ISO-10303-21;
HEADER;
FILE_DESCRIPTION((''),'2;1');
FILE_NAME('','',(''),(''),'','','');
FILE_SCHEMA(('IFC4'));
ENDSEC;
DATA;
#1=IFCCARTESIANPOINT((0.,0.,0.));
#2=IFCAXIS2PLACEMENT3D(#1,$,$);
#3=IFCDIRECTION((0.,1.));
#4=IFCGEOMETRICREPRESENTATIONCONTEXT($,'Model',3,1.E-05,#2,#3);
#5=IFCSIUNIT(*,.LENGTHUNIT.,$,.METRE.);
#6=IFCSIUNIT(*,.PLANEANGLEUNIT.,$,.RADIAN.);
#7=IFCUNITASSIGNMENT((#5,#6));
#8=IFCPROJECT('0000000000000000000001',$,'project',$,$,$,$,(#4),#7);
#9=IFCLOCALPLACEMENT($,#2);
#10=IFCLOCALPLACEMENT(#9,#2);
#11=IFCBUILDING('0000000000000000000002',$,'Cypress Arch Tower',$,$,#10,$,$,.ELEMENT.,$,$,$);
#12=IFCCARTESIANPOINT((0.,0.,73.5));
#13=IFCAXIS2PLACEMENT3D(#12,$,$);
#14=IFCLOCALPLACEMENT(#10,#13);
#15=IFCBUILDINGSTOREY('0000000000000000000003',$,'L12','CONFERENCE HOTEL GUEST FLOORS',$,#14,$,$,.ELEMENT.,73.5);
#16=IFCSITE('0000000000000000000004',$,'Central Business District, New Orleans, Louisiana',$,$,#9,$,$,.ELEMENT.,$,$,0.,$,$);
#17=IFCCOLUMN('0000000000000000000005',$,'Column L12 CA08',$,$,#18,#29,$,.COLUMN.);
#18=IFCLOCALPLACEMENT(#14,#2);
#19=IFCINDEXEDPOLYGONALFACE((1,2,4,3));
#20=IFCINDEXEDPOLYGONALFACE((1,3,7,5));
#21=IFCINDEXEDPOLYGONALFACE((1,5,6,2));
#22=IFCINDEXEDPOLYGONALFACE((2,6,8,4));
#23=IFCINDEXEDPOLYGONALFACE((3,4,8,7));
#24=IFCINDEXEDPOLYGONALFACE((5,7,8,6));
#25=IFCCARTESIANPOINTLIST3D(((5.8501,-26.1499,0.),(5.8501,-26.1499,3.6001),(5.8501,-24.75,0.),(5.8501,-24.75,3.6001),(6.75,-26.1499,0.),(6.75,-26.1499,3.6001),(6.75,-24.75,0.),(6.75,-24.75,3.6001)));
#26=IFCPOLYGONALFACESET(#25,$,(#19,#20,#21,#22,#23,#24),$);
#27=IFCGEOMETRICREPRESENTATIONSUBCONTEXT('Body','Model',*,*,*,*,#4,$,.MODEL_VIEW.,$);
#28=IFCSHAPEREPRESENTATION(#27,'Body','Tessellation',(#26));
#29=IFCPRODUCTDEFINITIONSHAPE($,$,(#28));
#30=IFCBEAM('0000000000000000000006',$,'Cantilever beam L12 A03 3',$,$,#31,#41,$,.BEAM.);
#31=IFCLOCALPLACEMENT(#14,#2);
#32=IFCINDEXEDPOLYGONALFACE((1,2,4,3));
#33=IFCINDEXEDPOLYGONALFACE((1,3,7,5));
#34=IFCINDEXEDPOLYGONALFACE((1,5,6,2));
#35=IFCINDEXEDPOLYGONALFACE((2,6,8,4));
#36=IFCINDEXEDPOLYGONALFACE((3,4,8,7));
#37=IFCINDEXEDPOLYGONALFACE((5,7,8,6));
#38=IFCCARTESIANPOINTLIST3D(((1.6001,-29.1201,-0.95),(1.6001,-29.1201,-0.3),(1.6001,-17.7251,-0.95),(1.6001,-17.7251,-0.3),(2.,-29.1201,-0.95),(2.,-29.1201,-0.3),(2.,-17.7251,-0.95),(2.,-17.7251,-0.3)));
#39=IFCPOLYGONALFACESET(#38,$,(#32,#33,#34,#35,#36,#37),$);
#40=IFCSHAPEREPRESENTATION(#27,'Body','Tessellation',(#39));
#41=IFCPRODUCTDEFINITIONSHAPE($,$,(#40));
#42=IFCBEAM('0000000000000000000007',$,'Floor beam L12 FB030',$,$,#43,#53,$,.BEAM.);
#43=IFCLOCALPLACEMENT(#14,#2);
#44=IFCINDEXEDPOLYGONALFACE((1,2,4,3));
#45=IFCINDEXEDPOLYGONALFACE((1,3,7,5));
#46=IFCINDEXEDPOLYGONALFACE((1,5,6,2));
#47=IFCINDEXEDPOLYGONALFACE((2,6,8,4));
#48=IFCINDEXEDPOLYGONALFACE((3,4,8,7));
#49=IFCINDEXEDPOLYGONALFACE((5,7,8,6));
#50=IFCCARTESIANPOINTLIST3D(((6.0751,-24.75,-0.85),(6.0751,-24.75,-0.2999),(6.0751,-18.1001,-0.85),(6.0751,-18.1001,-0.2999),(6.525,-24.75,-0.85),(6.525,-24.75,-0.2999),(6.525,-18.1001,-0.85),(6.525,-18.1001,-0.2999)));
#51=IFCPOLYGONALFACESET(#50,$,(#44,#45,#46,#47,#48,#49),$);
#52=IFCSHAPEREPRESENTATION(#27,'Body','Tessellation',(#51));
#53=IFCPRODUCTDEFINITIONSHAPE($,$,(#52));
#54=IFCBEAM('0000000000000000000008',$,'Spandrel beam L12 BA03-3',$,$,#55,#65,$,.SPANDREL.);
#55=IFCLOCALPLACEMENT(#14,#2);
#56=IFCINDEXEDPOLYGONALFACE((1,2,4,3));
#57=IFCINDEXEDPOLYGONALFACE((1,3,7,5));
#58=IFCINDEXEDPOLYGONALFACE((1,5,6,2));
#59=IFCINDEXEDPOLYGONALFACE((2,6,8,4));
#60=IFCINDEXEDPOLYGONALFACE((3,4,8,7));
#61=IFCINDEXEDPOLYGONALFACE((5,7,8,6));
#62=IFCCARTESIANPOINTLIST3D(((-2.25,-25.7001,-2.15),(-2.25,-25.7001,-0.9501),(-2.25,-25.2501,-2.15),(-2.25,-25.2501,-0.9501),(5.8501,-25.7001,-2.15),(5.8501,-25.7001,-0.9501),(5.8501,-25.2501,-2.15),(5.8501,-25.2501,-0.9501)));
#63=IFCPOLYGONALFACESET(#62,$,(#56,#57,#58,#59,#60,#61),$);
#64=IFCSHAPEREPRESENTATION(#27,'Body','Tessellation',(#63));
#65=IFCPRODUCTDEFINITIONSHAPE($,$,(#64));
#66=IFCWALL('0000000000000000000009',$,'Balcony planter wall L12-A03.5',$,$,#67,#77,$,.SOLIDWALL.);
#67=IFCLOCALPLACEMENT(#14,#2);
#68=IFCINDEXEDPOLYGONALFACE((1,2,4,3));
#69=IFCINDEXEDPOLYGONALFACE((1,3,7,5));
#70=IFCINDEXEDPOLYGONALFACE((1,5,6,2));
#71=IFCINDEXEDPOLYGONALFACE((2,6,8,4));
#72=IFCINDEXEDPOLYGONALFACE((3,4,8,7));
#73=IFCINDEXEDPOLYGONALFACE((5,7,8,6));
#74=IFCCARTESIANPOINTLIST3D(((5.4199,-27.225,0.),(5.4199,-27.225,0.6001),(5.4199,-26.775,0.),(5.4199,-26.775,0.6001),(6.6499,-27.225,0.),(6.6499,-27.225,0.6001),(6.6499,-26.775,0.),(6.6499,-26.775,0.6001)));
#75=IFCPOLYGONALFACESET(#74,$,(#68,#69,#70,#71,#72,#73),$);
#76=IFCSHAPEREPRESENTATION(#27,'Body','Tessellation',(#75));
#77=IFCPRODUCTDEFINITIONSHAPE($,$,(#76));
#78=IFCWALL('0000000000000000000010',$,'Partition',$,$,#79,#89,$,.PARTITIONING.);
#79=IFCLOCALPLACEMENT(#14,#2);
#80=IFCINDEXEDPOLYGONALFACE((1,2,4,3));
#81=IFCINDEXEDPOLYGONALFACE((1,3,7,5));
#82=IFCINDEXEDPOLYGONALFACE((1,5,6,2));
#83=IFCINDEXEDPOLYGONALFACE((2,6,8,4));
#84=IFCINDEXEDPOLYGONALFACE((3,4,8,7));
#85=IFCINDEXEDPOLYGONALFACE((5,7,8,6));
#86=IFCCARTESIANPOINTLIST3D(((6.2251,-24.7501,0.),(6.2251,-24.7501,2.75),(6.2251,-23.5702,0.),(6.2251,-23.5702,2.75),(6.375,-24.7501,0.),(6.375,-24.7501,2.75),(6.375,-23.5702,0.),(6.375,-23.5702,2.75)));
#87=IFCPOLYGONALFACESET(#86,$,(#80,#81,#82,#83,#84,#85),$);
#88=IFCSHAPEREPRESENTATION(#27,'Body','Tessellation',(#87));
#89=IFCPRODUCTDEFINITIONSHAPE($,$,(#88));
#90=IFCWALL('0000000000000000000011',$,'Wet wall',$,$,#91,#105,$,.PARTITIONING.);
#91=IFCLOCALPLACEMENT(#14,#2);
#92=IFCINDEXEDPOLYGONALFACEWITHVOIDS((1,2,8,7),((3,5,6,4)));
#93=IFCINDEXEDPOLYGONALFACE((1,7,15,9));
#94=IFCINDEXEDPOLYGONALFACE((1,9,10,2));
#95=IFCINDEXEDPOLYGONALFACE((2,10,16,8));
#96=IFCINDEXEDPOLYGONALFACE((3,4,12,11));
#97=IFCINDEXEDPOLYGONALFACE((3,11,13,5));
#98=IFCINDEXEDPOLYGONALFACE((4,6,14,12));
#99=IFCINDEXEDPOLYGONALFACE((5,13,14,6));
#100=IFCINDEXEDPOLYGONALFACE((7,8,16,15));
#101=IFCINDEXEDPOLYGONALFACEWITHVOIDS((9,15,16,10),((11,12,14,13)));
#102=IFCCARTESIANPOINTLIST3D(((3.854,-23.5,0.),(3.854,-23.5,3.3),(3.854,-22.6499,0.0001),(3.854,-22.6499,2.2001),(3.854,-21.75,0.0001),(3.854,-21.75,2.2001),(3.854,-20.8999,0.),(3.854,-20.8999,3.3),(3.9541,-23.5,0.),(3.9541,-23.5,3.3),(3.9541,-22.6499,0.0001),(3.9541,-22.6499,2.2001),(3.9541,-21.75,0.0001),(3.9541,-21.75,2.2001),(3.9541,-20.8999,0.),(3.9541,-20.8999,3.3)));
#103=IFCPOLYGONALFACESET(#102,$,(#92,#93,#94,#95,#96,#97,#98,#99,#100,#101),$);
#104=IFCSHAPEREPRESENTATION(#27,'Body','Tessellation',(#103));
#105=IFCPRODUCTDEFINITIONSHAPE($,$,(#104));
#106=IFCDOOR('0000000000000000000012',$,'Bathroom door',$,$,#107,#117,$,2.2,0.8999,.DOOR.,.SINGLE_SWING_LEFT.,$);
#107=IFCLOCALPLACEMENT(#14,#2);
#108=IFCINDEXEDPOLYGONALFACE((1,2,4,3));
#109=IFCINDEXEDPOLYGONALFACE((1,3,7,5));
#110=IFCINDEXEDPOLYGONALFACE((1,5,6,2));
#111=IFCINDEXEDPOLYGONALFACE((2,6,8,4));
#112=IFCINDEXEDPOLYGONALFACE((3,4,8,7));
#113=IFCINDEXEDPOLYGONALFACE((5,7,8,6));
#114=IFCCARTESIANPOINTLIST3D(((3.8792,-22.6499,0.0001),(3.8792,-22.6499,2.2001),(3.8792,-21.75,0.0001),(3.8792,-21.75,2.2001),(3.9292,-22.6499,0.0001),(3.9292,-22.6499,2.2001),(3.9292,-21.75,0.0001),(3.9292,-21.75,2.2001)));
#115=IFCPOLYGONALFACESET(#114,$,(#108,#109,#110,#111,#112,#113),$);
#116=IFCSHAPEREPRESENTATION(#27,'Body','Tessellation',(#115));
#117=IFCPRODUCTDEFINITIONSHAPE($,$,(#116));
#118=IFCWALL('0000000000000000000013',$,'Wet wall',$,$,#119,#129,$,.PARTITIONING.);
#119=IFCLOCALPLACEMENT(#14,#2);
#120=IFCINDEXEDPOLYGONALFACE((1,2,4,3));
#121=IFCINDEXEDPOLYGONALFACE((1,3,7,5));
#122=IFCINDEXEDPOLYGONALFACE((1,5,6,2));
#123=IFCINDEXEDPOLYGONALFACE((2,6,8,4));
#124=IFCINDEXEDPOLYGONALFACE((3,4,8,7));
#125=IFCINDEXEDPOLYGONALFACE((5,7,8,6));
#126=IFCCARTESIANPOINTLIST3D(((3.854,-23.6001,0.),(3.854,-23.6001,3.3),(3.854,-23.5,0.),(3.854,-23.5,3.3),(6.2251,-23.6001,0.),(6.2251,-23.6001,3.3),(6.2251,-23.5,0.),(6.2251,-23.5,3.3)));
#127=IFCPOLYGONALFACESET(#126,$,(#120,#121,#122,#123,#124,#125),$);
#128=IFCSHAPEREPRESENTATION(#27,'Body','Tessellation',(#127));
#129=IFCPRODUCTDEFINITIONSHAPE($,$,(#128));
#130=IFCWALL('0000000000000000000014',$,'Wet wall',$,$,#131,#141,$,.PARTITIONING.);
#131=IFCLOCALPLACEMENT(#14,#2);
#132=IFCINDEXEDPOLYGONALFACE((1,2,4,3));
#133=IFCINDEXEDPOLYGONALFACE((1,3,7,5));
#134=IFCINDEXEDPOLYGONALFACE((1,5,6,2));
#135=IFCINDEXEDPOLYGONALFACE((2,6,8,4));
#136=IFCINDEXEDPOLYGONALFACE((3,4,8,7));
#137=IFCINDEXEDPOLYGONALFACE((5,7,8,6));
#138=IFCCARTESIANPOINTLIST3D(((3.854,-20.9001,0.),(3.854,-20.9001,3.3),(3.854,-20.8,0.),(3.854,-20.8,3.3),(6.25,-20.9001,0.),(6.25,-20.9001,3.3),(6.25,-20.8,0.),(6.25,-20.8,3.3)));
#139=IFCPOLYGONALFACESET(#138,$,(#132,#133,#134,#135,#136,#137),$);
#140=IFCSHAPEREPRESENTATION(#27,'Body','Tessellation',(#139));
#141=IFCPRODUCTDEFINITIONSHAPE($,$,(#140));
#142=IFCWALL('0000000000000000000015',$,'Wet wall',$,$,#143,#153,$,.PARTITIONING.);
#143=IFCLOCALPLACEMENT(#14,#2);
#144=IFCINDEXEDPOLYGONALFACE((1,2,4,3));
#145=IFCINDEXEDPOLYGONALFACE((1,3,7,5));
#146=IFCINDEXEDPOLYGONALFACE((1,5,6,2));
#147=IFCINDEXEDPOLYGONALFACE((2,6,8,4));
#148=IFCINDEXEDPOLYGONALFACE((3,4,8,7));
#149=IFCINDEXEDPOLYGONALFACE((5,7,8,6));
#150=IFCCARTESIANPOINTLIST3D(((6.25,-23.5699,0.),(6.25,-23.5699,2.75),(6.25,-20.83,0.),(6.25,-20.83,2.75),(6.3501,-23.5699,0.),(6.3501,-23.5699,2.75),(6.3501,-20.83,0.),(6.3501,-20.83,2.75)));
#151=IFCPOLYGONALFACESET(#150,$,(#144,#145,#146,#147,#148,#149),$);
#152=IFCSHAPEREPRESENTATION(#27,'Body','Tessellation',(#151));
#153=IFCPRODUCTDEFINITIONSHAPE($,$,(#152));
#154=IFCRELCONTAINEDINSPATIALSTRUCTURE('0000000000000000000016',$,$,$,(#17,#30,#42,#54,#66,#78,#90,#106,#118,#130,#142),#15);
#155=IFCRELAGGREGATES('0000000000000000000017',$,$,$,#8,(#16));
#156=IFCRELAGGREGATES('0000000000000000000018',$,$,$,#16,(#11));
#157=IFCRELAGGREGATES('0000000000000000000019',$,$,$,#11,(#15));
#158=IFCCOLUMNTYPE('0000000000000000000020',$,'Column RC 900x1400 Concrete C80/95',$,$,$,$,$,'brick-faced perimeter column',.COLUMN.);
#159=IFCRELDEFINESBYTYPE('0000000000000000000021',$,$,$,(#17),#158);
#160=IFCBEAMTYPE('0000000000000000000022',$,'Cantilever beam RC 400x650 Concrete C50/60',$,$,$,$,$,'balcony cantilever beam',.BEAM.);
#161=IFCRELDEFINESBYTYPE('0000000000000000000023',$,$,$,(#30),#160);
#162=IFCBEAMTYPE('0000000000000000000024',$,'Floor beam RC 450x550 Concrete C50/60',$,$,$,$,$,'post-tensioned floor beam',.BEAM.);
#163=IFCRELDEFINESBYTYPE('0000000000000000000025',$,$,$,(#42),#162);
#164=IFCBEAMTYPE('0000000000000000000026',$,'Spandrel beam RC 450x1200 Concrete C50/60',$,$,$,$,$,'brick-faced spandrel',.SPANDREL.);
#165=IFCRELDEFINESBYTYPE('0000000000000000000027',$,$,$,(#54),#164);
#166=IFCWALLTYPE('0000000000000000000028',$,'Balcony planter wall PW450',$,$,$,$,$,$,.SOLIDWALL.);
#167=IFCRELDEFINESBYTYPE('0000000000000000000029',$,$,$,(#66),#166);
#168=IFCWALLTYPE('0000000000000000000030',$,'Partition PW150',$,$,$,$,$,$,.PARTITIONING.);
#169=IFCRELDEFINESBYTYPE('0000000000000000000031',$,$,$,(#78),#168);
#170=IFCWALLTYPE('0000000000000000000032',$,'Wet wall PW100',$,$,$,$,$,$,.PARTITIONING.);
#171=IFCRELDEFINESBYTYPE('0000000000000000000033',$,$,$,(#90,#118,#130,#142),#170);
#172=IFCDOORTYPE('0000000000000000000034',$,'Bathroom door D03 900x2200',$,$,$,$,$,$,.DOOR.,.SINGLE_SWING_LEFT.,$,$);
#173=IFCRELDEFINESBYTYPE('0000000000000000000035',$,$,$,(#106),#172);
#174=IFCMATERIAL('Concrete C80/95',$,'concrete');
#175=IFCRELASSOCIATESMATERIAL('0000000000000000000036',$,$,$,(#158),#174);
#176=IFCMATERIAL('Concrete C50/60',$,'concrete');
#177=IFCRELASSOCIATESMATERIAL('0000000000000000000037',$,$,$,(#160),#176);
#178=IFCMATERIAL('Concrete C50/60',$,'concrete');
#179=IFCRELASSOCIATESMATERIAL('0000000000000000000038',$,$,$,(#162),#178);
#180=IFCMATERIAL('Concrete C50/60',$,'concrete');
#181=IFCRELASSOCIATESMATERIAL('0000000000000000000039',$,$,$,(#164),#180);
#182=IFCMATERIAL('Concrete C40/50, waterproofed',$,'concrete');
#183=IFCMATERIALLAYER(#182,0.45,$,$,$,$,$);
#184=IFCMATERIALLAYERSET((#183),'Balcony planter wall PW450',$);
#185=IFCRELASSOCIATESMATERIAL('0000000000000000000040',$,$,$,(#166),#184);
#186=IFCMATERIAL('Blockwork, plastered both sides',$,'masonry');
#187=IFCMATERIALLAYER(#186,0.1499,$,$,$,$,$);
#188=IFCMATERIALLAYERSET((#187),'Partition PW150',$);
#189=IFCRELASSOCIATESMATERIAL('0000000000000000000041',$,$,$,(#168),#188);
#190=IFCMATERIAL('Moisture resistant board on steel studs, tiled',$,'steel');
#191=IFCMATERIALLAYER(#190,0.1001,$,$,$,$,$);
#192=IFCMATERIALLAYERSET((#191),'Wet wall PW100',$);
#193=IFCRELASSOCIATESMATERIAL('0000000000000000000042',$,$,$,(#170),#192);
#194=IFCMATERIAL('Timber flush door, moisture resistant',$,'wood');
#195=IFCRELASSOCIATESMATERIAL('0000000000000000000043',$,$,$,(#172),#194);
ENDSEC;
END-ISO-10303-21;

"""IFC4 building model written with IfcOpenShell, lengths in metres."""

from ifc_helpers import new_model, si_unit, direction, frame, frame_2d, origin, origin_2d, place, context, subcontext, project, spatial, rectangle, extrude, material, layer, layer_set, material_profile, profile_set, type_object, element, fill, save


model = new_model("IFC4")

# Units and contexts
model_context = context("Model", 3, precision=1e-05, world=origin(), true_north=direction((0.0, 1.0)))
body_context = subcontext(model_context, "Body", "Model", "MODEL_VIEW")
ifc_project = project(units=[si_unit("LENGTHUNIT", "METRE"), si_unit("PLANEANGLEUNIT", "RADIAN")], contexts=[model_context])

# Site, building, storey
site_placement = place(None, origin())
site = spatial("IfcSite", under=ifc_project, at=site_placement, Name="Central Business District, New Orleans, Louisiana", CompositionType="ELEMENT", RefElevation=0.0)
building_placement = place(site_placement, origin())
building = spatial("IfcBuilding", under=site, at=building_placement, Name="Cypress Arch Tower", CompositionType="ELEMENT")
storey_placement = place(building_placement, frame((0.0, 0.0, 73.5)))
storey = spatial("IfcBuildingStorey", under=building, at=storey_placement, Name="L12", Description="CONFERENCE HOTEL GUEST FLOORS", CompositionType="ELEMENT", Elevation=73.5)

# Column
ifc_material_1 = material(Name="Concrete C80/95", Category="concrete")
ifc_material_profile_1 = material_profile(ifc_material_1, rectangle(XDim=0.8999, YDim=1.3999, at=origin_2d()), Name="RC 900x1400")
ifc_profile_set_1 = profile_set([ifc_material_profile_1], Name="Concrete C80/95")
column_type = type_object("IfcColumnType", Name="Column RC 900x1400 Concrete C80/95", ElementType="brick-faced perimeter column", PredefinedType="COLUMN", material=ifc_profile_set_1)
column_placement = place(storey_placement, frame((6.3, -25.45, 0.0), z_axis=(0.0, 0.0, 1.0), x_axis=(1.0, 0.0, 0.0)))
element("IfcColumn", 1, at=column_placement, inside=storey, type_object=column_type, Name="Column L12 CA08", PredefinedType="COLUMN", context=body_context, shape_type="SweptSolid", body=[
    extrude(rectangle(XDim=0.8999, YDim=1.3999, at=origin_2d()), origin(), (0.0, 0.0, 1.0), 3.6001),
])

# Beams
ifc_material_2 = material(Name="Concrete C50/60", Category="concrete")
ifc_material_profile_2 = material_profile(ifc_material_2, rectangle(XDim=0.3999, YDim=0.6499, at=origin_2d()), Name="RC 400x650")
ifc_profile_set_2 = profile_set([ifc_material_profile_2], Name="Concrete C50/60")
beam_type_1 = type_object("IfcBeamType", Name="Cantilever beam RC 400x650 Concrete C50/60", ElementType="balcony cantilever beam", PredefinedType="BEAM", material=ifc_profile_set_2)
beam_1_placement = place(storey_placement, frame((1.8, -17.7251, -0.625), z_axis=(0.0, -1.0, 0.0), x_axis=(1.0, 0.0, 0.0)))
element("IfcBeam", 2, at=beam_1_placement, inside=storey, type_object=beam_type_1, Name="Cantilever beam L12 A03 3", PredefinedType="BEAM", context=body_context, shape_type="SweptSolid", body=[
    extrude(rectangle(XDim=0.3999, YDim=0.6499, at=origin_2d()), origin(), (0.0, 0.0, 1.0), 11.395),
])
ifc_material_3 = material(Name="Concrete C50/60", Category="concrete")
ifc_material_profile_3 = material_profile(ifc_material_3, rectangle(XDim=0.45, YDim=0.55, at=origin_2d()), Name="RC 450x550")
ifc_profile_set_3 = profile_set([ifc_material_profile_3], Name="Concrete C50/60")
beam_type_2 = type_object("IfcBeamType", Name="Floor beam RC 450x550 Concrete C50/60", ElementType="post-tensioned floor beam", PredefinedType="BEAM", material=ifc_profile_set_3)
beam_2_placement = place(storey_placement, frame((6.3, -24.75, -0.575), z_axis=(0.0, 1.0, 0.0), x_axis=(-1.0, 0.0, 0.0)))
element("IfcBeam", 3, at=beam_2_placement, inside=storey, type_object=beam_type_2, Name="Floor beam L12 FB030", PredefinedType="BEAM", context=body_context, shape_type="SweptSolid", body=[
    extrude(rectangle(XDim=0.45, YDim=0.55, at=origin_2d()), origin(), (0.0, 0.0, 1.0), 6.6499),
])
ifc_material_4 = material(Name="Concrete C50/60", Category="concrete")
ifc_material_profile_4 = material_profile(ifc_material_4, rectangle(XDim=0.45, YDim=1.2, at=origin_2d()), Name="RC 450x1200")
ifc_profile_set_4 = profile_set([ifc_material_profile_4], Name="Concrete C50/60")
beam_type_3 = type_object("IfcBeamType", Name="Spandrel beam RC 450x1200 Concrete C50/60", ElementType="brick-faced spandrel", PredefinedType="SPANDREL", material=ifc_profile_set_4)
beam_3_placement = place(storey_placement, frame((-2.25, -25.4751, -1.55), z_axis=(1.0, 0.0, 0.0), x_axis=(0.0, 1.0, 0.0)))
element("IfcBeam", 4, at=beam_3_placement, inside=storey, type_object=beam_type_3, Name="Spandrel beam L12 BA03-3", PredefinedType="SPANDREL", context=body_context, shape_type="SweptSolid", body=[
    extrude(rectangle(XDim=0.45, YDim=1.2, at=origin_2d()), origin(), (0.0, 0.0, 1.0), 8.1001),
])

# Wall
ifc_material_5 = material(Name="Concrete C40/50, waterproofed", Category="concrete")
ifc_layer_1 = layer(ifc_material_5, 0.45)
ifc_layer_set_1 = layer_set([ifc_layer_1], Name="Balcony planter wall PW450")
wall_type_1 = type_object("IfcWallType", Name="Balcony planter wall PW450", PredefinedType="SOLIDWALL", material=ifc_layer_set_1)
wall_1_placement = place(storey_placement, frame((5.4199, -27.0, 0.0), z_axis=(0.0, 0.0, 1.0), x_axis=(1.0, 0.0, 0.0)))
element("IfcWall", 5, at=wall_1_placement, inside=storey, type_object=wall_type_1, Name="Balcony planter wall L12-A03.5", PredefinedType="SOLIDWALL", context=body_context, shape_type="SweptSolid", body=[
    extrude(rectangle(XDim=1.23, YDim=0.45, at=frame_2d((0.615, 0.0))), origin(), (0.0, 0.0, 1.0), 0.6001),
])

# Wall
ifc_material_6 = material(Name="Blockwork, plastered both sides", Category="masonry")
ifc_layer_2 = layer(ifc_material_6, 0.1499)
ifc_layer_set_2 = layer_set([ifc_layer_2], Name="Partition PW150")
wall_type_2 = type_object("IfcWallType", Name="Partition PW150", PredefinedType="PARTITIONING", material=ifc_layer_set_2)
wall_2_placement = place(storey_placement, frame((6.3, -24.75, 0.0), z_axis=(0.0, 0.0, 1.0), x_axis=(0.0, 1.0, 0.0)))
element("IfcWall", 6, at=wall_2_placement, inside=storey, type_object=wall_type_2, Name="Partition", PredefinedType="PARTITIONING", context=body_context, shape_type="SweptSolid", body=[
    extrude(rectangle(XDim=1.1799, YDim=0.1499, at=frame_2d((0.5898, 0.0))), origin(), (0.0, 0.0, 1.0), 2.75),
])

# Wall, opening, door
ifc_material_7 = material(Name="Moisture resistant board on steel studs, tiled", Category="steel")
ifc_layer_3 = layer(ifc_material_7, 0.1001)
ifc_layer_set_3 = layer_set([ifc_layer_3], Name="Wet wall PW100")
wall_type_3 = type_object("IfcWallType", Name="Wet wall PW100", PredefinedType="PARTITIONING", material=ifc_layer_set_3)
wall_3_placement = place(storey_placement, frame((3.9041, -23.5, 0.0), z_axis=(0.0, 0.0, 1.0), x_axis=(0.0, 1.0, 0.0)))
wall_3 = element("IfcWall", 7, at=wall_3_placement, inside=storey, type_object=wall_type_3, Name="Wet wall", PredefinedType="PARTITIONING", context=body_context, shape_type="SweptSolid", body=[
    extrude(rectangle(XDim=2.6001, YDim=0.1001, at=frame_2d((1.3, 0.0))), origin(), (0.0, 0.0, 1.0), 3.3),
])
opening_1_placement = place(wall_3_placement, frame((0.8501, 0.0, 0.0)))
opening_1 = element("IfcOpeningElement", 8, at=opening_1_placement, cuts=wall_3, PredefinedType="OPENING", context=body_context, shape_type="SweptSolid", body=[
    extrude(rectangle(XDim=0.8999, YDim=2.2, at=frame_2d((0.45, 1.1001))), frame((0.0, 0.0601, 0.0), z_axis=(0.0, -1.0, 0.0), x_axis=(1.0, 0.0, 0.0)), (0.0, 0.0, 1.0), 0.1201),
])
ifc_material_8 = material(Name="Timber flush door, moisture resistant", Category="wood")
door_type_1 = type_object("IfcDoorType", Name="Bathroom door D03 900x2200", OperationType="SINGLE_SWING_LEFT", PredefinedType="DOOR", material=ifc_material_8)
door_1_placement = place(opening_1_placement, origin())
door_1 = element("IfcDoor", 9, at=door_1_placement, inside=storey, type_object=door_type_1, Name="Bathroom door", OperationType="SINGLE_SWING_LEFT", OverallHeight=2.2, OverallWidth=0.8999, PredefinedType="DOOR", context=body_context, shape_type="SweptSolid", body=[
    extrude(rectangle(XDim=0.8999, YDim=2.2, at=frame_2d((0.45, 1.1001))), frame((0.0, 0.0249, 0.0), z_axis=(0.0, -1.0, 0.0), x_axis=(1.0, 0.0, 0.0)), (0.0, 0.0, 1.0), 0.05),
])
fill(opening_1, door_1)

# Walls
wall_4_placement = place(storey_placement, frame((3.854, -23.55, 0.0), z_axis=(0.0, 0.0, 1.0), x_axis=(1.0, 0.0, 0.0)))
element("IfcWall", 10, at=wall_4_placement, inside=storey, type_object=wall_type_3, Name="Wet wall", PredefinedType="PARTITIONING", context=body_context, shape_type="SweptSolid", body=[
    extrude(rectangle(XDim=2.3711, YDim=0.1001, at=frame_2d((1.1855, 0.0))), origin(), (0.0, 0.0, 1.0), 3.3),
])
wall_5_placement = place(storey_placement, frame((3.854, -20.8501, 0.0), z_axis=(0.0, 0.0, 1.0), x_axis=(1.0, 0.0, 0.0)))
element("IfcWall", 11, at=wall_5_placement, inside=storey, type_object=wall_type_3, Name="Wet wall", PredefinedType="PARTITIONING", context=body_context, shape_type="SweptSolid", body=[
    extrude(rectangle(XDim=2.396, YDim=0.1001, at=frame_2d((1.198, 0.0))), origin(), (0.0, 0.0, 1.0), 3.3),
])
wall_6_placement = place(storey_placement, frame((6.3, -23.5701, 0.0), z_axis=(0.0, 0.0, 1.0), x_axis=(0.0, 1.0, 0.0)))
element("IfcWall", 12, at=wall_6_placement, inside=storey, type_object=wall_type_3, Name="Wet wall", PredefinedType="PARTITIONING", context=body_context, shape_type="SweptSolid", body=[
    extrude(rectangle(XDim=2.74, YDim=0.1001, at=frame_2d((1.3701, 0.0))), origin(), (0.0, 0.0, 1.0), 2.75),
])

save(model, "model.ifc")
